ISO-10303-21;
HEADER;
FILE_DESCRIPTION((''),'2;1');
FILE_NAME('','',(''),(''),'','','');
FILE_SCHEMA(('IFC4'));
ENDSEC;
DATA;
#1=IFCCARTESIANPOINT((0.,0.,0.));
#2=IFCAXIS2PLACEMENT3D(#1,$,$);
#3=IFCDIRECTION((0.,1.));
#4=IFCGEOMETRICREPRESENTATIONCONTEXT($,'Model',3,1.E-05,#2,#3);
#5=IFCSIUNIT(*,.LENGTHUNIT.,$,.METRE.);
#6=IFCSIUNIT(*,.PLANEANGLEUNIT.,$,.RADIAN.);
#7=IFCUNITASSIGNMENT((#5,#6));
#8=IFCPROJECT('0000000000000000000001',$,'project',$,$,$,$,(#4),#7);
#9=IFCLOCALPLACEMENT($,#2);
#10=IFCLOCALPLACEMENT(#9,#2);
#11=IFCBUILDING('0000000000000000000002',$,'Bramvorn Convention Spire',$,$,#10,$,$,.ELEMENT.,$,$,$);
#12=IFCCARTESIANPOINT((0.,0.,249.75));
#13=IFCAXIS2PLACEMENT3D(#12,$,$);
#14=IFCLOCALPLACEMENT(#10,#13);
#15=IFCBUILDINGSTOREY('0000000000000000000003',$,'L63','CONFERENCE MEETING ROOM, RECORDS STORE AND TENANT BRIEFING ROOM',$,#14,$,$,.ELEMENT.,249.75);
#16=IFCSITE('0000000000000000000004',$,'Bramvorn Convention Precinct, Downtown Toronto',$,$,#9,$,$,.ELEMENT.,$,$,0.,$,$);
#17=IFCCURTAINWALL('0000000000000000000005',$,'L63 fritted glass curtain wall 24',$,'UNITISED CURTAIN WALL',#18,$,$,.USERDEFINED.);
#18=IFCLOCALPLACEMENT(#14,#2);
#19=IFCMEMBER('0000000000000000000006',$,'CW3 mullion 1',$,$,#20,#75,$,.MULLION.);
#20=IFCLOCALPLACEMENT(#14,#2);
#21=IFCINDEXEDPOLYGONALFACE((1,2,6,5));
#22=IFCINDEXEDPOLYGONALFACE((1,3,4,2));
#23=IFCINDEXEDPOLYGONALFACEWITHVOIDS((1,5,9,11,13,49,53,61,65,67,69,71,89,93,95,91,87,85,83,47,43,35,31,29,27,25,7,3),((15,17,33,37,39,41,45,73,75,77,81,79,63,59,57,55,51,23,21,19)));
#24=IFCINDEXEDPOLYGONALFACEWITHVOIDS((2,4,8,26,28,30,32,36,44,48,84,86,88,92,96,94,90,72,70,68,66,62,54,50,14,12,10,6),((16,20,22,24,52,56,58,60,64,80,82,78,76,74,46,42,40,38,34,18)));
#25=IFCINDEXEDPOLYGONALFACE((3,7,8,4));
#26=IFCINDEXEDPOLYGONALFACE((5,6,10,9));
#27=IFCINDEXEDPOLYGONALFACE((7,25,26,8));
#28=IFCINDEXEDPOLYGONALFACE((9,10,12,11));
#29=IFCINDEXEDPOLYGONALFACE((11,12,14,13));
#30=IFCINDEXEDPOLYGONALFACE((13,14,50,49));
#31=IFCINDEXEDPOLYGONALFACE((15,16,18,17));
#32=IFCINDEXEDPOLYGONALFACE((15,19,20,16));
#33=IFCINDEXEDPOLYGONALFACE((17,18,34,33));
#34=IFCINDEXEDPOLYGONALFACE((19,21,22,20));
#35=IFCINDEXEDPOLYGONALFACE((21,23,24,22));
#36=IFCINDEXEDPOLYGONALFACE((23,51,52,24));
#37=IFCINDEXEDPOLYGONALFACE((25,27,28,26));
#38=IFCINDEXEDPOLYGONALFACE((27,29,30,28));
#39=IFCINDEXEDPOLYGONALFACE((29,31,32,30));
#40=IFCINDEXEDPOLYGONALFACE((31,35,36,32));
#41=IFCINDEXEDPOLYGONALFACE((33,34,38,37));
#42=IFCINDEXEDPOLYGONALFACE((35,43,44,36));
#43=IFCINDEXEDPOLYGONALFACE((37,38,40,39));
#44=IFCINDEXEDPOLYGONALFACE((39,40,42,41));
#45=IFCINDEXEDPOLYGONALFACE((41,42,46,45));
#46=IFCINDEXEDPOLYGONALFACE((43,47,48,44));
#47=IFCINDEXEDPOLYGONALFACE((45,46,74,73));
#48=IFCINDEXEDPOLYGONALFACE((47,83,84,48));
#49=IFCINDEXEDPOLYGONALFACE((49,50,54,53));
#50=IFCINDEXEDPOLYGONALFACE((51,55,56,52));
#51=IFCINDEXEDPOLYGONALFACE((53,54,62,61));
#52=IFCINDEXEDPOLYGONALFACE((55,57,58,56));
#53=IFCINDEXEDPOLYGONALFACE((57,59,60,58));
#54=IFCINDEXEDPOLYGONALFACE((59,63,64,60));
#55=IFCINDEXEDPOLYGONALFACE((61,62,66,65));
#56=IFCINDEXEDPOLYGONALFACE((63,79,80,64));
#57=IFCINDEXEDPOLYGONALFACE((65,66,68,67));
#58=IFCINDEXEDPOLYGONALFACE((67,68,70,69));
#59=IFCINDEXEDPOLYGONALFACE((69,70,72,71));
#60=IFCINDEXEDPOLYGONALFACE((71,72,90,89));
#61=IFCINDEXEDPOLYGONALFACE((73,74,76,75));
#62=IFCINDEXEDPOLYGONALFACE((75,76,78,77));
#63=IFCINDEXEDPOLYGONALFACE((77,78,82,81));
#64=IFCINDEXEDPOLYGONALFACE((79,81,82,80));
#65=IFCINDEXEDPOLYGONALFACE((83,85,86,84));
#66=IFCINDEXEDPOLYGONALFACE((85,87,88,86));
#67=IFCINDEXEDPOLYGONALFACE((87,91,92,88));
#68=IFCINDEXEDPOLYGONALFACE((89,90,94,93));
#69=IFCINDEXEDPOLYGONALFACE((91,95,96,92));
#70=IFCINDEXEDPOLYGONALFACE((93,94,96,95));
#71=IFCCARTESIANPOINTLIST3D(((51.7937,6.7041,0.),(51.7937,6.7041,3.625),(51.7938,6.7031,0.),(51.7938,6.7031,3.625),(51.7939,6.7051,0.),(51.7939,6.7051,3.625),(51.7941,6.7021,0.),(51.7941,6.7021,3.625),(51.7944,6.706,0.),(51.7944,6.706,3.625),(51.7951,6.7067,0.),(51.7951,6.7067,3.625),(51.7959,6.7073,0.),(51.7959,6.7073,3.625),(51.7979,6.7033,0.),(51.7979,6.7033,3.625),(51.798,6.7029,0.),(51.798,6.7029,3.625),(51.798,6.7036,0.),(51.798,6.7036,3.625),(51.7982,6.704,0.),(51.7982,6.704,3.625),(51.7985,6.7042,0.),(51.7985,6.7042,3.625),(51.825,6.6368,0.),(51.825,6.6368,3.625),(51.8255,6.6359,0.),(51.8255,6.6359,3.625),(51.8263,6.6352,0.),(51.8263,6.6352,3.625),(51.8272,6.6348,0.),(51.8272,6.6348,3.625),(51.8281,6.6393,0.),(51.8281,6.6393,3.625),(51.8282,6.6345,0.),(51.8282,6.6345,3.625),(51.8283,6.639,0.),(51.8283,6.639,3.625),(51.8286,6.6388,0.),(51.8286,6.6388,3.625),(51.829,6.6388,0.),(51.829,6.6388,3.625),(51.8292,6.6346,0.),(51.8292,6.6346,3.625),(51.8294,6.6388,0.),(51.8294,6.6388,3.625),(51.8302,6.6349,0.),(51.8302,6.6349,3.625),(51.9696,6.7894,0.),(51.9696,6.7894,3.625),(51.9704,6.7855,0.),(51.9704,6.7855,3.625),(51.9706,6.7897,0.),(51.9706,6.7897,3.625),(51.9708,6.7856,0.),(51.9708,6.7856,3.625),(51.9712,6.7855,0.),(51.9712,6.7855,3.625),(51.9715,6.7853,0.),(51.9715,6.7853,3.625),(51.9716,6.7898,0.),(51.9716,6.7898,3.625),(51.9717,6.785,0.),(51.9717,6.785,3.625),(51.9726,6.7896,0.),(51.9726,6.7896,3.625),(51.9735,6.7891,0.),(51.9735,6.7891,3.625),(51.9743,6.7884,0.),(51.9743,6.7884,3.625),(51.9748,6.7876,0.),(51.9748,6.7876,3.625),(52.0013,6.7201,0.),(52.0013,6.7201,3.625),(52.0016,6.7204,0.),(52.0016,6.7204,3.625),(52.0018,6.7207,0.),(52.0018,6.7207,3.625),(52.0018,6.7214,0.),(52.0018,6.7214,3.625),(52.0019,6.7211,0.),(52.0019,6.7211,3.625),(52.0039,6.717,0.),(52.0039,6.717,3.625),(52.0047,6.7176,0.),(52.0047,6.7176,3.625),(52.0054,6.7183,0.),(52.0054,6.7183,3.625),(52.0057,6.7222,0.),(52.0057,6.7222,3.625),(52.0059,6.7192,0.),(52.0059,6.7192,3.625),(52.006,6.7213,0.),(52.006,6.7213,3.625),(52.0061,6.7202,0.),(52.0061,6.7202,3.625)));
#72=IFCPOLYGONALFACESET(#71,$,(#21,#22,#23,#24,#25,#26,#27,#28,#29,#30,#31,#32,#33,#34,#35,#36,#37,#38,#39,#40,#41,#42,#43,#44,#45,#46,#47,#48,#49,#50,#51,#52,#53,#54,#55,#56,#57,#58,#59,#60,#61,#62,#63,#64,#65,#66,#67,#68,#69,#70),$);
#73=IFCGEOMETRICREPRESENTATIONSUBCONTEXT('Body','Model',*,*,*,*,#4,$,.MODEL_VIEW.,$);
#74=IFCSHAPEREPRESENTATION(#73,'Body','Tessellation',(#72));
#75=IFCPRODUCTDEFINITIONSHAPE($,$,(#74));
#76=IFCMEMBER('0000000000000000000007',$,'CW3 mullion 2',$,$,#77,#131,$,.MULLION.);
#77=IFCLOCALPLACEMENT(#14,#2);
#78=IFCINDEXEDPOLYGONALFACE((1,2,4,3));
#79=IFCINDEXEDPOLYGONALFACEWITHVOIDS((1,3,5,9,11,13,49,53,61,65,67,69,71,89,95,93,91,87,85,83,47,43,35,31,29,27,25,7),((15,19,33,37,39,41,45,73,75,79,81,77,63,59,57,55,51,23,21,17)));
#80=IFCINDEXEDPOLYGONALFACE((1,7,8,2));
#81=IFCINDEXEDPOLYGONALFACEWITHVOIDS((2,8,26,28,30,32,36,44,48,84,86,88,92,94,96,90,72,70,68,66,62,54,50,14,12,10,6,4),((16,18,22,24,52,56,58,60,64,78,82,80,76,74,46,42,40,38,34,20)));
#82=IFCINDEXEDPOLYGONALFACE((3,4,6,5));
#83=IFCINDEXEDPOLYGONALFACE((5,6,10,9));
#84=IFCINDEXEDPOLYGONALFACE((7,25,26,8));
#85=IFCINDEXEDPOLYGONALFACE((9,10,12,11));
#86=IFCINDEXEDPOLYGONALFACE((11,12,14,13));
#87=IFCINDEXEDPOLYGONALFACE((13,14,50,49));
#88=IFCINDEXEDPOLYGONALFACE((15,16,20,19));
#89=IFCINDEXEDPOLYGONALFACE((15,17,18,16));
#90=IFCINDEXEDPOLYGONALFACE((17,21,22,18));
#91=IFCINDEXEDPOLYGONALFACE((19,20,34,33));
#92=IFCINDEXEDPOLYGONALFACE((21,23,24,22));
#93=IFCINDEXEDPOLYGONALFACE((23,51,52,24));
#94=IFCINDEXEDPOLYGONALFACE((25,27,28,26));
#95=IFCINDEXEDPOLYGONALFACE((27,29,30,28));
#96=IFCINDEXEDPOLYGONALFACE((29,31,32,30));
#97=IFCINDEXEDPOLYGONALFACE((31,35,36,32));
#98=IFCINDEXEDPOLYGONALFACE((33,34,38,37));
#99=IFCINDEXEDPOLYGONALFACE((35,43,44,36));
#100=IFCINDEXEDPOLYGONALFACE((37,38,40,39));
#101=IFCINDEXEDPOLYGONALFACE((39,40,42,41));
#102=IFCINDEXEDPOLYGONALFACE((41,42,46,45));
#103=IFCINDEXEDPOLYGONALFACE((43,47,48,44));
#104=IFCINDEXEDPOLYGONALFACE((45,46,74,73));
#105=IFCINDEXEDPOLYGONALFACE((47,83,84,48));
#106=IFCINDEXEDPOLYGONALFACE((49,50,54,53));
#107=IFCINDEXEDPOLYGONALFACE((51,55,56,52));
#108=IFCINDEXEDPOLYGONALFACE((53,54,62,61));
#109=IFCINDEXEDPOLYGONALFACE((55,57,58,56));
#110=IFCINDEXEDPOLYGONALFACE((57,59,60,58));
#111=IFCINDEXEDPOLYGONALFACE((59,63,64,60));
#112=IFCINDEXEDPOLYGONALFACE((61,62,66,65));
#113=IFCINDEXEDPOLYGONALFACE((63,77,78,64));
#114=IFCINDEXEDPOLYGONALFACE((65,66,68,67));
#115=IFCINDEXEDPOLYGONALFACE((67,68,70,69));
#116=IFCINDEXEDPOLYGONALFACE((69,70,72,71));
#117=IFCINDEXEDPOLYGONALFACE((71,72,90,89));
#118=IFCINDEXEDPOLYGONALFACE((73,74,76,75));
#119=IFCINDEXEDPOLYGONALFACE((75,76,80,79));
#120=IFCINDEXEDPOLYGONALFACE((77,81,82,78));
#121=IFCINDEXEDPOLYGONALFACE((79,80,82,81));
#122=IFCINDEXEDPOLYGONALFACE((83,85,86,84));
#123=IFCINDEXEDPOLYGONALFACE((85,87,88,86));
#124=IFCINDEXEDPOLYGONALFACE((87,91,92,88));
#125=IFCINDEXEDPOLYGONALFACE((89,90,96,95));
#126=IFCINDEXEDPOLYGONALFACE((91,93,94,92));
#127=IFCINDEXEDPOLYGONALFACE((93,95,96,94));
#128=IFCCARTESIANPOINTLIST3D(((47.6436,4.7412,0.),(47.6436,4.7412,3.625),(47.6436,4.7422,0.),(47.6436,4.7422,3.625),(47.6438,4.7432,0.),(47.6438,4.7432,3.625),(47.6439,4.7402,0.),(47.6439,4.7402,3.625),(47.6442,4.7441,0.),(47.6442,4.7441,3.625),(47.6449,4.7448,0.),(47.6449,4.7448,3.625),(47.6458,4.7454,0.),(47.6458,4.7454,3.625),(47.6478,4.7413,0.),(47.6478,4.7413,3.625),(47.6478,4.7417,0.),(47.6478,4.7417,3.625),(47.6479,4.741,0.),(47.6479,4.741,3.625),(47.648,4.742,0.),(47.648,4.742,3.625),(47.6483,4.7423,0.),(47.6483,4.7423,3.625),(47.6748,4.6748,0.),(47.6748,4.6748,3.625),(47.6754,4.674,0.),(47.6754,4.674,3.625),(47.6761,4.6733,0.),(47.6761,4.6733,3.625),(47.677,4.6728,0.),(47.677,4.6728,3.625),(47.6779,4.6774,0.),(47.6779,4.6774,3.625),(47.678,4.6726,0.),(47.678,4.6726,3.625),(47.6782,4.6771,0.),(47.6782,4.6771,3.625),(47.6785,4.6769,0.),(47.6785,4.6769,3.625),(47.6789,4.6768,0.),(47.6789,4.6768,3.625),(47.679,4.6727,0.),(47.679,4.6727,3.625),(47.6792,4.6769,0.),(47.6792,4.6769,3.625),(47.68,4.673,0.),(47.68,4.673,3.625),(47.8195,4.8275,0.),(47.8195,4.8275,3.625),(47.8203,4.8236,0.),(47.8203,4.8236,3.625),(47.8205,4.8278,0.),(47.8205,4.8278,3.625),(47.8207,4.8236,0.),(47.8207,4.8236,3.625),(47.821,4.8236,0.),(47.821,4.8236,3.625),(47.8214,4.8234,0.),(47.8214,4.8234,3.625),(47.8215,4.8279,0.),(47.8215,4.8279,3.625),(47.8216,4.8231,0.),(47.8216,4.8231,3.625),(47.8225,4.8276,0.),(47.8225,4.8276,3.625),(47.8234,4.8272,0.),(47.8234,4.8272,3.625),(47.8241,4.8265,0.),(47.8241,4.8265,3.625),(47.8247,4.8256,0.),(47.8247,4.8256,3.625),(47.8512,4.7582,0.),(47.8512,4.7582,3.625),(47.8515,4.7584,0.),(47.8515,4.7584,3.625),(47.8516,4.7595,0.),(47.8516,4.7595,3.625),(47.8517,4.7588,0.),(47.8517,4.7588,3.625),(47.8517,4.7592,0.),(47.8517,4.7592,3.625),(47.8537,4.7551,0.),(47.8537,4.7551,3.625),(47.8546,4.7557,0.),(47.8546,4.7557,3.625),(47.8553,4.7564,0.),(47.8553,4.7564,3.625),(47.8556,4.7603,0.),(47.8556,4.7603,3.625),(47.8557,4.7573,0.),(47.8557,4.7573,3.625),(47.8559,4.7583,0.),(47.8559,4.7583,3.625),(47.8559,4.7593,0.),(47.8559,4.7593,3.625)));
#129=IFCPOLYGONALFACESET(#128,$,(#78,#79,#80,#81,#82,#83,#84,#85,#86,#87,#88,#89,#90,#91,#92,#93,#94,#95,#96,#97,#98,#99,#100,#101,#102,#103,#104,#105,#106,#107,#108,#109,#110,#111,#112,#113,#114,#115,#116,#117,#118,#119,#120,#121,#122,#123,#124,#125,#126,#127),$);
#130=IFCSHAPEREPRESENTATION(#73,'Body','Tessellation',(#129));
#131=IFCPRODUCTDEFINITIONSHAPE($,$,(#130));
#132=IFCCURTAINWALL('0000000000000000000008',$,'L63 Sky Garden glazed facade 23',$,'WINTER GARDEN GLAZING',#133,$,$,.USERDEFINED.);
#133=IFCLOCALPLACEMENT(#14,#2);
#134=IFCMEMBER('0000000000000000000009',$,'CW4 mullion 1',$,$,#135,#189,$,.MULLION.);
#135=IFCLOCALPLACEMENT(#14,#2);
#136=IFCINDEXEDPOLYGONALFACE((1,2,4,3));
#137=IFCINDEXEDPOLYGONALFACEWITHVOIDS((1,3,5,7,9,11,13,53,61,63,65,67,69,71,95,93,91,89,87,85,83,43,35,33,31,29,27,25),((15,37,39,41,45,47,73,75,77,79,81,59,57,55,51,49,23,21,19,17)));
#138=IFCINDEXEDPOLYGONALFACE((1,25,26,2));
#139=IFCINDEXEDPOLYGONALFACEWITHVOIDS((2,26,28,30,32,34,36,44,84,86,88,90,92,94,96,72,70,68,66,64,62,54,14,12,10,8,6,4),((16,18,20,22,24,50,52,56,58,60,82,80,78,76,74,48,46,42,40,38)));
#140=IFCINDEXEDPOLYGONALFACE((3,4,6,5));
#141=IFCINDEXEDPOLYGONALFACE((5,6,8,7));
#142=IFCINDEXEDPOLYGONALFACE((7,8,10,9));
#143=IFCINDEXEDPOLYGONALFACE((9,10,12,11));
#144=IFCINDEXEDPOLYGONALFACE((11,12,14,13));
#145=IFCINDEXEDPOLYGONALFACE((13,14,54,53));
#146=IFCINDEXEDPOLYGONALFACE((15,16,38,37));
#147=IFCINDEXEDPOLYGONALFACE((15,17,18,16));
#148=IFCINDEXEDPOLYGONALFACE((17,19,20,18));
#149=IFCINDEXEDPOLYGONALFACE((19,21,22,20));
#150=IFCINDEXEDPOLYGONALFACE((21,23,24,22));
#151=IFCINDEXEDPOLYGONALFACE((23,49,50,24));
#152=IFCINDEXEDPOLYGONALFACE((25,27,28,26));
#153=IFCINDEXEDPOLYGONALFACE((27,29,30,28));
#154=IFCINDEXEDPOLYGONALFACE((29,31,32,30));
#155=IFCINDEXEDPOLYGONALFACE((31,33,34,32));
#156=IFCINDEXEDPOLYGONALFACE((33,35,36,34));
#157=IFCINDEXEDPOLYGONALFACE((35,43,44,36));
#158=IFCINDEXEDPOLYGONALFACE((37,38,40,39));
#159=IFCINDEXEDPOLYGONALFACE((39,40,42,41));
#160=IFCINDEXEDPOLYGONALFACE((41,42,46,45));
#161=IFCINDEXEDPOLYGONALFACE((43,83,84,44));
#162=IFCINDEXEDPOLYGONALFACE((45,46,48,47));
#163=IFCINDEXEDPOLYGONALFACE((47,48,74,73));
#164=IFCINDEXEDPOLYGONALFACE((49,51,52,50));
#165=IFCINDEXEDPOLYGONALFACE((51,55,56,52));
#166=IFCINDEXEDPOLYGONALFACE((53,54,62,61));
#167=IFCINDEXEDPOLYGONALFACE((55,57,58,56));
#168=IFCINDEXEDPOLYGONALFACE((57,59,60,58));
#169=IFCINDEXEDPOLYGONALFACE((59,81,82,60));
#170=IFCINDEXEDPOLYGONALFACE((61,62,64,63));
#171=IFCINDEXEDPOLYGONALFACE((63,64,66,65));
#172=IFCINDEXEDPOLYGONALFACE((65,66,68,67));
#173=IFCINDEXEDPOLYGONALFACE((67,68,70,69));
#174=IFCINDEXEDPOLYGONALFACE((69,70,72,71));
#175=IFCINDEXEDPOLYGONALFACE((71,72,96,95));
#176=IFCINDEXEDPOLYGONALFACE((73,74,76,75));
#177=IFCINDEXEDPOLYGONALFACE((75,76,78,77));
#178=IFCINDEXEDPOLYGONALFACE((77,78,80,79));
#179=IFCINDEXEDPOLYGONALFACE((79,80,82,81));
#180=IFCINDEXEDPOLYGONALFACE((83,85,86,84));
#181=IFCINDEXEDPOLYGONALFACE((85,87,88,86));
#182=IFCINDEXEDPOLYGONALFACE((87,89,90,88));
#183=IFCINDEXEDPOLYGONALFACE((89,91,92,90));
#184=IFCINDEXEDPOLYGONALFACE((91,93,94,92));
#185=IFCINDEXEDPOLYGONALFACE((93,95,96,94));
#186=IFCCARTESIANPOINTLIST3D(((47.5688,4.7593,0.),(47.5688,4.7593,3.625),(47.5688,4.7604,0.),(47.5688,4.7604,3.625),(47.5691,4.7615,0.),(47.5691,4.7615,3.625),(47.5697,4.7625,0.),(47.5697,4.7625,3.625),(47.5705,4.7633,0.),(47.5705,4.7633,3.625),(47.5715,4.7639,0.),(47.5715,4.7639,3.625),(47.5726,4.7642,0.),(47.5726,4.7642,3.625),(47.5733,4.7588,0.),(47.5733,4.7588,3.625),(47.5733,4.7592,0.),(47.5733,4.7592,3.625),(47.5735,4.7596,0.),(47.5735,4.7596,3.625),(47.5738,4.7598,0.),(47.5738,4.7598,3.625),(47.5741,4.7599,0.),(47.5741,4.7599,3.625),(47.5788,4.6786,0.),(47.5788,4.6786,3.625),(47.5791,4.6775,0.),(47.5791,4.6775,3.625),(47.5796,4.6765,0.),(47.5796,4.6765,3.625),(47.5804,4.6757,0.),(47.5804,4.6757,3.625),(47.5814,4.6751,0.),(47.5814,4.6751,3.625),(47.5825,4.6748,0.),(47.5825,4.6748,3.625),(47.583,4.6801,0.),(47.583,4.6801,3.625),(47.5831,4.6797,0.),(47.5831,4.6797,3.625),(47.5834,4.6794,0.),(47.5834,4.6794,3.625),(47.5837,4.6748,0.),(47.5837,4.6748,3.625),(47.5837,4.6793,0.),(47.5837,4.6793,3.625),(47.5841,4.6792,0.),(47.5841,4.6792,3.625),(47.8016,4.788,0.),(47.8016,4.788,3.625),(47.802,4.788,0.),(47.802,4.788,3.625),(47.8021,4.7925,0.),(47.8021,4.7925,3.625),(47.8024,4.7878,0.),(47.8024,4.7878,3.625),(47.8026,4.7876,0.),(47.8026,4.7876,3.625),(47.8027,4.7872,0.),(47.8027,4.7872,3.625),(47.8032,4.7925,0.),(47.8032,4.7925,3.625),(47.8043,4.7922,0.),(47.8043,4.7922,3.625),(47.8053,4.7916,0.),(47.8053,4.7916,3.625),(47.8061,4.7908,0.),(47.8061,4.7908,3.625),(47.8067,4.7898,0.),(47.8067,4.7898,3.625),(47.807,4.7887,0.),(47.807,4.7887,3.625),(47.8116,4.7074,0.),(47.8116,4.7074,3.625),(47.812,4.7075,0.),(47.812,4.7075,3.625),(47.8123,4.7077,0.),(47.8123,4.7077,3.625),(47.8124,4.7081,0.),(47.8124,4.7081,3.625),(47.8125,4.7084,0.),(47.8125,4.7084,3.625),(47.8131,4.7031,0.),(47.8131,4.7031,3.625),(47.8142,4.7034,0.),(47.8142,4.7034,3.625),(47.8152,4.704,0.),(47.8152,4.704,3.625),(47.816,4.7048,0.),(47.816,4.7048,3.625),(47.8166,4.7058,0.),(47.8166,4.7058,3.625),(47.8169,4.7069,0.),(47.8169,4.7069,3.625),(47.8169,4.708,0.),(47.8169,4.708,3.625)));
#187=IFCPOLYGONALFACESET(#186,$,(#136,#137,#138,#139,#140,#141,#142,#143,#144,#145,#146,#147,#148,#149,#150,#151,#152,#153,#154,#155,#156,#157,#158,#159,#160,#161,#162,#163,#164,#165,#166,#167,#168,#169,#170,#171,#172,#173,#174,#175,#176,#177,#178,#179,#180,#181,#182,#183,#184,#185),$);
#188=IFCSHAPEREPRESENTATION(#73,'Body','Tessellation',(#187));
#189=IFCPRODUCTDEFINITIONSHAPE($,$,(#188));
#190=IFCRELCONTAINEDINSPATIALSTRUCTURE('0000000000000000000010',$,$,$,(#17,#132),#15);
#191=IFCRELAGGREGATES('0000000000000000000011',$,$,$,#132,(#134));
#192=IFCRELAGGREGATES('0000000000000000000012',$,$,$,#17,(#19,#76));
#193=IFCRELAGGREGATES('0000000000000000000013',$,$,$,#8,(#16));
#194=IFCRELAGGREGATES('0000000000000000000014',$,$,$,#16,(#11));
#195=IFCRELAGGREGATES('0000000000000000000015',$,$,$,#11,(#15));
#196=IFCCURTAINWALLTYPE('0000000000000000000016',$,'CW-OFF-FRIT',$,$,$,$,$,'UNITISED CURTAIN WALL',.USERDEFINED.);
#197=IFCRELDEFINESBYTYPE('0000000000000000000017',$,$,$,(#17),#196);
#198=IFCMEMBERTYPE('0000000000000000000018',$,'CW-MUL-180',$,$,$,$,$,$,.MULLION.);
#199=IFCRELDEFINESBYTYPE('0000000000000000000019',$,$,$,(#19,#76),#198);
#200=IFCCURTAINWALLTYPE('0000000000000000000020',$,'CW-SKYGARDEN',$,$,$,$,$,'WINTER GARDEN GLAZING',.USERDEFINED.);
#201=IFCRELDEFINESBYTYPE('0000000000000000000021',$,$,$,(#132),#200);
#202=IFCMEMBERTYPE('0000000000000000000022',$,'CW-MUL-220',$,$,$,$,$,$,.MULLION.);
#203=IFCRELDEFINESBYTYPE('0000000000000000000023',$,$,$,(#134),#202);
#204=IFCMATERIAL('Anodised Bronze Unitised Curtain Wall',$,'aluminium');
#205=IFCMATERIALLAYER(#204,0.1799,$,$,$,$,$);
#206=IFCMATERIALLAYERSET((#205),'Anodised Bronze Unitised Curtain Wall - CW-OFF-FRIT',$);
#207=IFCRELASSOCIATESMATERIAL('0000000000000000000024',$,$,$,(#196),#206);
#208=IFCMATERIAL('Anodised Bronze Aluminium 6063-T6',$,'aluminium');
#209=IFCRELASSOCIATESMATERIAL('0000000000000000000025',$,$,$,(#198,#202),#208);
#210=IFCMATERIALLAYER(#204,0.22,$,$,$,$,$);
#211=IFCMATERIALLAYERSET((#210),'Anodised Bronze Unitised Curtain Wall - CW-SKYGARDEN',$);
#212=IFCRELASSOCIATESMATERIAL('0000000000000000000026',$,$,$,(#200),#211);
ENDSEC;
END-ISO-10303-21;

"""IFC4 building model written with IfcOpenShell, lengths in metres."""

from ifc_helpers import new_model, si_unit, direction, frame, origin, origin_2d, place, context, subcontext, project, spatial, hollow_rectangle, extrude, material, layer, layer_set, material_profile, profile_set, type_object, element, aggregate, save


model = new_model("IFC4")

# Units and contexts
model_context = context("Model", 3, precision=1e-05, world=origin(), true_north=direction((0.0, 1.0)))
body_context = subcontext(model_context, "Body", "Model", "MODEL_VIEW")
ifc_project = project(units=[si_unit("LENGTHUNIT", "METRE"), si_unit("PLANEANGLEUNIT", "RADIAN")], contexts=[model_context])

# Site, building, storey
site_placement = place(None, origin())
site = spatial("IfcSite", under=ifc_project, at=site_placement, Name="Bramvorn Convention Precinct, Downtown Toronto", CompositionType="ELEMENT", RefElevation=0.0)
building_placement = place(site_placement, origin())
building = spatial("IfcBuilding", under=site, at=building_placement, Name="Bramvorn Convention Spire", CompositionType="ELEMENT")
storey_placement = place(building_placement, frame((0.0, 0.0, 249.75)))
storey = spatial("IfcBuildingStorey", under=building, at=storey_placement, Name="L63", Description="CONFERENCE MEETING ROOM, RECORDS STORE AND TENANT BRIEFING ROOM", CompositionType="ELEMENT", Elevation=249.75)

# Curtain wall, members
ifc_material_1 = material(Name="Anodised Bronze Unitised Curtain Wall", Category="aluminium")
ifc_layer_1 = layer(ifc_material_1, 0.1799)
ifc_layer_set_1 = layer_set([ifc_layer_1], Name="Anodised Bronze Unitised Curtain Wall - CW-OFF-FRIT")
curtain_wall_type_1 = type_object("IfcCurtainWallType", Name="CW-OFF-FRIT", ElementType="UNITISED CURTAIN WALL", PredefinedType="USERDEFINED", material=ifc_layer_set_1)
curtain_wall_1_placement = place(storey_placement, origin())
curtain_wall_1 = element("IfcCurtainWall", 1, at=curtain_wall_1_placement, inside=storey, type_object=curtain_wall_type_1, Name="L63 fritted glass curtain wall 24", ObjectType="UNITISED CURTAIN WALL", PredefinedType="USERDEFINED")
ifc_material_2 = material(Name="Anodised Bronze Aluminium 6063-T6", Category="aluminium")
ifc_material_profile_1 = material_profile(ifc_material_2, hollow_rectangle(XDim=0.0801, YDim=0.2, WallThickness=0.0039, InnerFilletRadius=0.001, OuterFilletRadius=0.0039, at=origin_2d()))
ifc_profile_set_1 = profile_set([ifc_material_profile_1], Name="Anodised Bronze Aluminium 6063-T6 - CWM80X200")
member_type_1 = type_object("IfcMemberType", Name="CW-MUL-180", PredefinedType="MULLION", material=ifc_profile_set_1)
member_1_placement = place(storey_placement, frame((51.8999, 6.7122, 0.0), z_axis=(0.0, 0.0, 1.0), x_axis=(0.427409, -0.904059, 0.0)))
member_1 = element("IfcMember", 2, at=member_1_placement, type_object=member_type_1, Name="CW3 mullion 1", PredefinedType="MULLION", context=body_context, shape_type="SweptSolid", body=[
    extrude(hollow_rectangle(XDim=0.0801, YDim=0.2, WallThickness=0.0039, InnerFilletRadius=0.001, OuterFilletRadius=0.0039, at=origin_2d()), origin(), (0.0, 0.0, 1.0), 3.625),
])
member_2_placement = place(storey_placement, frame((47.7498, 4.7502, 0.0), z_axis=(0.0, 0.0, 1.0), x_axis=(0.427409, -0.904059, 0.0)))
member_2 = element("IfcMember", 3, at=member_2_placement, type_object=member_type_1, Name="CW3 mullion 2", PredefinedType="MULLION", context=body_context, shape_type="SweptSolid", body=[
    extrude(hollow_rectangle(XDim=0.0801, YDim=0.2, WallThickness=0.0039, InnerFilletRadius=0.001, OuterFilletRadius=0.0039, at=origin_2d()), origin(), (0.0, 0.0, 1.0), 3.625),
])

# Curtain wall, member
ifc_layer_2 = layer(ifc_material_1, 0.22)
ifc_layer_set_2 = layer_set([ifc_layer_2], Name="Anodised Bronze Unitised Curtain Wall - CW-SKYGARDEN")
curtain_wall_type_2 = type_object("IfcCurtainWallType", Name="CW-SKYGARDEN", ElementType="WINTER GARDEN GLAZING", PredefinedType="USERDEFINED", material=ifc_layer_set_2)
curtain_wall_2_placement = place(storey_placement, origin())
curtain_wall_2 = element("IfcCurtainWall", 4, at=curtain_wall_2_placement, inside=storey, type_object=curtain_wall_type_2, Name="L63 Sky Garden glazed facade 23", ObjectType="WINTER GARDEN GLAZING", PredefinedType="USERDEFINED")
ifc_material_profile_2 = material_profile(ifc_material_2, hollow_rectangle(XDim=0.0901, YDim=0.24, WallThickness=0.0044, InnerFilletRadius=0.001, OuterFilletRadius=0.0044, at=origin_2d()))
ifc_profile_set_2 = profile_set([ifc_material_profile_2], Name="Anodised Bronze Aluminium 6063-T6 - CWM90X240")
member_type_2 = type_object("IfcMemberType", Name="CW-MUL-220", PredefinedType="MULLION", material=ifc_profile_set_2)
member_3_placement = place(storey_placement, frame((47.6929, 4.7336, 0.0), z_axis=(0.0, 0.0, 1.0), x_axis=(0.122644, -0.992451, 0.0)))
member_3 = element("IfcMember", 5, at=member_3_placement, type_object=member_type_2, Name="CW4 mullion 1", PredefinedType="MULLION", context=body_context, shape_type="SweptSolid", body=[
    extrude(hollow_rectangle(XDim=0.0901, YDim=0.24, WallThickness=0.0044, InnerFilletRadius=0.001, OuterFilletRadius=0.0044, at=origin_2d()), origin(), (0.0, 0.0, 1.0), 3.625),
])

aggregate(curtain_wall_2, [member_3])

aggregate(curtain_wall_1, [member_1, member_2])

save(model, "model.ifc")
